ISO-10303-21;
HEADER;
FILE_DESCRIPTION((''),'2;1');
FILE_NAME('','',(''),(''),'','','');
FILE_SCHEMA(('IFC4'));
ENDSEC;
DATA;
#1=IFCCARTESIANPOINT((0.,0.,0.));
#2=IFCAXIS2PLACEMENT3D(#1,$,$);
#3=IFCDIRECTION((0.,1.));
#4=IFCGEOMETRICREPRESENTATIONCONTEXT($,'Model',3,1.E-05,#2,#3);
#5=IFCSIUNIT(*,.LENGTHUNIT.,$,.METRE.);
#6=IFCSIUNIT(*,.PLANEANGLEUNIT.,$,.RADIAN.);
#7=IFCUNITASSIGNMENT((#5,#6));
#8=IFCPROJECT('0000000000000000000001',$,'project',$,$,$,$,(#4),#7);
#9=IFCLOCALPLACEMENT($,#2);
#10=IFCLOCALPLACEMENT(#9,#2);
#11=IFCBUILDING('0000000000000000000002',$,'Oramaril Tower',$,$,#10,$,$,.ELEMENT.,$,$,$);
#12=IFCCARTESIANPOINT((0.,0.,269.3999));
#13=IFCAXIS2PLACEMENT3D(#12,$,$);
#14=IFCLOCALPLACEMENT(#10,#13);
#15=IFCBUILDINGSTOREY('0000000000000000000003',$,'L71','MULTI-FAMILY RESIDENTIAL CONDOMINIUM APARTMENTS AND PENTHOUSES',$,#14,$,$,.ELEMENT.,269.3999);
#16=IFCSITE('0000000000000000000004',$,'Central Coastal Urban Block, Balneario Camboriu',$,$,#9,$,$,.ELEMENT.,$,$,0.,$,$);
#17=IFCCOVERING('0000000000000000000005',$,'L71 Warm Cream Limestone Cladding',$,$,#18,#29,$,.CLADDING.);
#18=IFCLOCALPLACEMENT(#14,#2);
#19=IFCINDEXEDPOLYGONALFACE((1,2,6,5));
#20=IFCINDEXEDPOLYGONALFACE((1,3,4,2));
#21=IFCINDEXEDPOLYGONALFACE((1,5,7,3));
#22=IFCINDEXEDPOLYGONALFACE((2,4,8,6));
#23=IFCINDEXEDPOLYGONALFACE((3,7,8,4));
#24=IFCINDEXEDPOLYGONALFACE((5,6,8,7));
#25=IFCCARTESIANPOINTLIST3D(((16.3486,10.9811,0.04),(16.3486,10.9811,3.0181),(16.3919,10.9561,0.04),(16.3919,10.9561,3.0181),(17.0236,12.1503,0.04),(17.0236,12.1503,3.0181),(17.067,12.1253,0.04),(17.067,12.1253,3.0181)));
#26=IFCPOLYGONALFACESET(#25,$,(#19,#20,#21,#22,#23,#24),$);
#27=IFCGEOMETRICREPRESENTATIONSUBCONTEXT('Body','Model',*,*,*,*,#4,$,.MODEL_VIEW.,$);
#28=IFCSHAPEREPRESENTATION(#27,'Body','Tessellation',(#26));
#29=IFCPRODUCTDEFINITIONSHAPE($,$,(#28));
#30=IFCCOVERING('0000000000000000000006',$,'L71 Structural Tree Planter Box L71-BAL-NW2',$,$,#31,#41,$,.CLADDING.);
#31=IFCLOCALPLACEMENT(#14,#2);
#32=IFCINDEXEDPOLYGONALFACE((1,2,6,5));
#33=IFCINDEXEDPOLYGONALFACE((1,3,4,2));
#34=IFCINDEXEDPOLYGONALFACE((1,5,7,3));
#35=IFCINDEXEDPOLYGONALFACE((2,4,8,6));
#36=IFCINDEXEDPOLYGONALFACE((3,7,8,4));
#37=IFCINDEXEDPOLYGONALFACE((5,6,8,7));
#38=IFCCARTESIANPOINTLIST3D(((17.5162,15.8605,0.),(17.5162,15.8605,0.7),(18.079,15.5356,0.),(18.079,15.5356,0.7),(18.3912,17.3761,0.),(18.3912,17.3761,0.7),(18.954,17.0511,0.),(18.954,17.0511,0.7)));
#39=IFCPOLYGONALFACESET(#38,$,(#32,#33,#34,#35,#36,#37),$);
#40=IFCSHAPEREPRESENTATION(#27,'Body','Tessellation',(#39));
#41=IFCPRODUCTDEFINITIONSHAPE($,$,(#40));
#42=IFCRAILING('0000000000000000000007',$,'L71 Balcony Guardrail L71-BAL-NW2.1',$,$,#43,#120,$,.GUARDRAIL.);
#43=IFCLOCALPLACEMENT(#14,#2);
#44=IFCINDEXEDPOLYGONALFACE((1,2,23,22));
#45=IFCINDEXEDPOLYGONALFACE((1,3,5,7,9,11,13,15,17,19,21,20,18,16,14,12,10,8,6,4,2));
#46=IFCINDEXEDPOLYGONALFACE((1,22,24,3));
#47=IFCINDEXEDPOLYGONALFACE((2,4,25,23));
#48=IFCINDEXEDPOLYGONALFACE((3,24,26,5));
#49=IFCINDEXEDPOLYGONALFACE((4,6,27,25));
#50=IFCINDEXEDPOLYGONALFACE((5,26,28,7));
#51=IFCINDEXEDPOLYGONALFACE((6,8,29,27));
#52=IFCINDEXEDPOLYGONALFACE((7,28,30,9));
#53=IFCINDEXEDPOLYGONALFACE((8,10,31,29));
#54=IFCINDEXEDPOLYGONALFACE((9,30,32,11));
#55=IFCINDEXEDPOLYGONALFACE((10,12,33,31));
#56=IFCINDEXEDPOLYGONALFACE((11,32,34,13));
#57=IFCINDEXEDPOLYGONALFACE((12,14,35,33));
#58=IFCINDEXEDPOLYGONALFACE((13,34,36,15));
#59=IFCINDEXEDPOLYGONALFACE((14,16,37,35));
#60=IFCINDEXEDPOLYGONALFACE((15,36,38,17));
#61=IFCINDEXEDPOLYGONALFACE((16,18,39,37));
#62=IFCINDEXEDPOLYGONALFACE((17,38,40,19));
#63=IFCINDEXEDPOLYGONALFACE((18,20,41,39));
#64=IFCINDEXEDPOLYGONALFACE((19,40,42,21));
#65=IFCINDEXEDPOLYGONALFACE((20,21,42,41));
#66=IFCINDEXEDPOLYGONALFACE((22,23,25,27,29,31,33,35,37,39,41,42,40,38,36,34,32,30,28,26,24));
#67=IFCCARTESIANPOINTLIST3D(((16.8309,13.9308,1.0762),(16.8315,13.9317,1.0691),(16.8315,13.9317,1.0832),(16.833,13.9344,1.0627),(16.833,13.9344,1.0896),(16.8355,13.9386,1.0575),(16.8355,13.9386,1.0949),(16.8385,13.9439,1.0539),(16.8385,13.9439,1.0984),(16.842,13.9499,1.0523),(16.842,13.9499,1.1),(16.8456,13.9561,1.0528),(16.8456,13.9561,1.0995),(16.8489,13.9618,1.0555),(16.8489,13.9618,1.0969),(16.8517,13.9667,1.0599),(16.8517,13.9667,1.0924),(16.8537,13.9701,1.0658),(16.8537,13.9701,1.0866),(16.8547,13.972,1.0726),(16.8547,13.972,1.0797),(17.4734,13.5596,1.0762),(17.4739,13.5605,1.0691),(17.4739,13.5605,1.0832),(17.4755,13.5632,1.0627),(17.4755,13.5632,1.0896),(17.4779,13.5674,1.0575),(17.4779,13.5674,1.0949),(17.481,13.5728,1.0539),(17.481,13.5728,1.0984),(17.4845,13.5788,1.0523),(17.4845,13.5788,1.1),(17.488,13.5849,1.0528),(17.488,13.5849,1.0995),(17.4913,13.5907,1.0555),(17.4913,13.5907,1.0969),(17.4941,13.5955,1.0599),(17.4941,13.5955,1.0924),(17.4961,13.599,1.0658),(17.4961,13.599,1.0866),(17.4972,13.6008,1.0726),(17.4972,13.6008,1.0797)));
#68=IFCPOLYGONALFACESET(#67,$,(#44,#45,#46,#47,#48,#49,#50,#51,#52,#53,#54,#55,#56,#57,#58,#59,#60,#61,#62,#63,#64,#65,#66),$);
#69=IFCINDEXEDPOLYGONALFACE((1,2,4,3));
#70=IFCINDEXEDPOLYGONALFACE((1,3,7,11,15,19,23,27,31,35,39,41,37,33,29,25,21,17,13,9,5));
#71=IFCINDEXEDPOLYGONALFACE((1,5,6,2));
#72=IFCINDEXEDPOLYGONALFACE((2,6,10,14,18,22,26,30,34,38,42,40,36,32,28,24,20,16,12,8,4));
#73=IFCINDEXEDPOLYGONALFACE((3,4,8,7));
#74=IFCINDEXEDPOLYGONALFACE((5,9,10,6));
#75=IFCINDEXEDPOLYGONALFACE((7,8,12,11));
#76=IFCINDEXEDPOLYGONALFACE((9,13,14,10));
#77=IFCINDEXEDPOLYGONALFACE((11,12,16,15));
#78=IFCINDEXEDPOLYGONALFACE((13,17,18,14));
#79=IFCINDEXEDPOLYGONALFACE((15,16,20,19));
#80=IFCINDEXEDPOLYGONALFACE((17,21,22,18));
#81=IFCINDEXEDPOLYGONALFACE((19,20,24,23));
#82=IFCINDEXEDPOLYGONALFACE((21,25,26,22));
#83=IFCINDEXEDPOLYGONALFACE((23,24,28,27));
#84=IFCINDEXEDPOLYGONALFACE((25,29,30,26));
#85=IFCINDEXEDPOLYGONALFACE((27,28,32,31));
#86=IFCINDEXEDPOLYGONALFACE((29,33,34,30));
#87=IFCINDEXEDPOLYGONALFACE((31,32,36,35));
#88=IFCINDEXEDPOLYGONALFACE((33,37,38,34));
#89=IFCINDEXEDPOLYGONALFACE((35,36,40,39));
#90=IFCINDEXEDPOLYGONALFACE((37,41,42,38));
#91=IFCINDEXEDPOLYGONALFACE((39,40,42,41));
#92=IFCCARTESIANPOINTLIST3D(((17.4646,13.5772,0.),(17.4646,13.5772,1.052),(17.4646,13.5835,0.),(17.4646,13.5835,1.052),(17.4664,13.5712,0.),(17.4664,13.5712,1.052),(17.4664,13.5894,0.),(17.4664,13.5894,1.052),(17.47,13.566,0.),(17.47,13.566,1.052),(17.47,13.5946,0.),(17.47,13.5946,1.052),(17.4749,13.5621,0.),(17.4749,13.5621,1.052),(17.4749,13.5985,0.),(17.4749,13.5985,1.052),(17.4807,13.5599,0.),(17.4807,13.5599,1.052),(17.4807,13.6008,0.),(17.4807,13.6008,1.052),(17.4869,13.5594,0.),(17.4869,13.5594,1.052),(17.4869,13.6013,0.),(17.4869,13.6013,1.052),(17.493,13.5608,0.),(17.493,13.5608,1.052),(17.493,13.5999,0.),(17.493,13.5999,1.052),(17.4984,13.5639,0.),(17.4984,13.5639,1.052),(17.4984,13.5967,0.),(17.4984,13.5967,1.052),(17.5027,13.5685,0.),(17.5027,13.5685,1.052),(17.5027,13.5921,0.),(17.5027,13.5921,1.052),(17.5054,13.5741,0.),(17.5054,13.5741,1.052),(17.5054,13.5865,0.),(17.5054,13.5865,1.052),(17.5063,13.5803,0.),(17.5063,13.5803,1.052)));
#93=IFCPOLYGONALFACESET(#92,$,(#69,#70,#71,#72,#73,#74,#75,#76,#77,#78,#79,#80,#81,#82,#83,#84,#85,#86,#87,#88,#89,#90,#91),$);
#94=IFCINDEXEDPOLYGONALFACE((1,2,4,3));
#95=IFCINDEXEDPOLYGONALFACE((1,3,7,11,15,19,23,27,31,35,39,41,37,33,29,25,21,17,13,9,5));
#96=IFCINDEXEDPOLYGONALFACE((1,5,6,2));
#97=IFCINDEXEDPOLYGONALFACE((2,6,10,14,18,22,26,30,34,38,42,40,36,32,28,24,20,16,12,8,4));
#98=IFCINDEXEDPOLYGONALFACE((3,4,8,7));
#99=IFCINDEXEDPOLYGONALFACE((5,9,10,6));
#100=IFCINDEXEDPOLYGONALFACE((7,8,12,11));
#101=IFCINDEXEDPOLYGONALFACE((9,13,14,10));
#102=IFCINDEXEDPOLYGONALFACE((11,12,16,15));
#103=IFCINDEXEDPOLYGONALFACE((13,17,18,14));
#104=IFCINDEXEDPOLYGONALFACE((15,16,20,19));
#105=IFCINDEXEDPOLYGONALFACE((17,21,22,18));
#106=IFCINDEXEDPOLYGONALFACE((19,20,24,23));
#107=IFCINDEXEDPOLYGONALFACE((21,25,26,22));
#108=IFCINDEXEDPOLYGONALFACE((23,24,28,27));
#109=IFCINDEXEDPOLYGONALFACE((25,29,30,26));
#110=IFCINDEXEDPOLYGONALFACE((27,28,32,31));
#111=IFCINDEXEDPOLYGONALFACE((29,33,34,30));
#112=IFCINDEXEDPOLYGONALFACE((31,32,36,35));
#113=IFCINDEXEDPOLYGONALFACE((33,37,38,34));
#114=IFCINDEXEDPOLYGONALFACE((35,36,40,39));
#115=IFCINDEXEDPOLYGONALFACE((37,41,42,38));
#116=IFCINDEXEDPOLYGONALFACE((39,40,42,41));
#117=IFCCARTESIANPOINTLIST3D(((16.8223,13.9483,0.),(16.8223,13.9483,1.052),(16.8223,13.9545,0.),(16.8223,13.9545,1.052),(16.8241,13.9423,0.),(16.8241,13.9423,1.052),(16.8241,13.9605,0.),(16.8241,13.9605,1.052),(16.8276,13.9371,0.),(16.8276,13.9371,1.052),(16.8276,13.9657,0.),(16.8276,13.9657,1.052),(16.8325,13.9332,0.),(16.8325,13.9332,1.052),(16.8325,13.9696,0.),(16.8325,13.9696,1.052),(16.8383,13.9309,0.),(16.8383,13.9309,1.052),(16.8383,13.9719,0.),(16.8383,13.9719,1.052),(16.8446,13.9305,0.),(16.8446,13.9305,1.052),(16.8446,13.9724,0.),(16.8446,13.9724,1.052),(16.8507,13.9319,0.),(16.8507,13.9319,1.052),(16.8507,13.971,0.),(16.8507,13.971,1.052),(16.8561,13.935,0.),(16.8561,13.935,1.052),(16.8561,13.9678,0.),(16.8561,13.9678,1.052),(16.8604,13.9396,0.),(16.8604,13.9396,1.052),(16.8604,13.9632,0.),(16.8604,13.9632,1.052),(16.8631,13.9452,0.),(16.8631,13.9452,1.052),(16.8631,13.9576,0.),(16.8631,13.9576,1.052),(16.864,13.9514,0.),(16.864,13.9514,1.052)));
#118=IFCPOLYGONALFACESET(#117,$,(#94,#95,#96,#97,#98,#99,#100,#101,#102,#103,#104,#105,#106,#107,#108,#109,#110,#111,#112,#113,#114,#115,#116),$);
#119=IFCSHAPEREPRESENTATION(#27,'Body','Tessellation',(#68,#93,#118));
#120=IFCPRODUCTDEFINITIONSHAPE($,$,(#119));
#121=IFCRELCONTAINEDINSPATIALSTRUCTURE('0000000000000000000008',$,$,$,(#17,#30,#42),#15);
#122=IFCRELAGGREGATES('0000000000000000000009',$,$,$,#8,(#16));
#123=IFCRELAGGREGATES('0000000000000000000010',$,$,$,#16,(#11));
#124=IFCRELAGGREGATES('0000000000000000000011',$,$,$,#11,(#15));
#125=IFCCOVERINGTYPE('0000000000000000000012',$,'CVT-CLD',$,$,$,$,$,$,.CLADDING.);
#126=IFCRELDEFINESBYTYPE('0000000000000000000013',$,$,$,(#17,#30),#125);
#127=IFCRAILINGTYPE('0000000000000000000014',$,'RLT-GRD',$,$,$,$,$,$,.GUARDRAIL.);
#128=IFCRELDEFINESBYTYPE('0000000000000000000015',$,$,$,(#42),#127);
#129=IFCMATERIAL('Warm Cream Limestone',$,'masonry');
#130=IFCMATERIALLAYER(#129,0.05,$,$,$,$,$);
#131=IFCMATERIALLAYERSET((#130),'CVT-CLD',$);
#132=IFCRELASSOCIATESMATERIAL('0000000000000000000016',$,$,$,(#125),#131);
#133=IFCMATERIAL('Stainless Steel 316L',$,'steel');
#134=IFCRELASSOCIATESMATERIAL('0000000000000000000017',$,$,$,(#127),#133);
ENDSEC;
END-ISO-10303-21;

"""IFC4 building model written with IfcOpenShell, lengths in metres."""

from ifc_helpers import new_model, si_unit, direction, frame, origin, origin_2d, place, context, subcontext, project, spatial, rectangle, circle, extrude, material, layer, layer_set, type_object, element, save


model = new_model("IFC4")

# Units and contexts
model_context = context("Model", 3, precision=1e-05, world=origin(), true_north=direction((0.0, 1.0)))
body_context = subcontext(model_context, "Body", "Model", "MODEL_VIEW")
ifc_project = project(units=[si_unit("LENGTHUNIT", "METRE"), si_unit("PLANEANGLEUNIT", "RADIAN")], contexts=[model_context])

# Site, building, storey
site_placement = place(None, origin())
site = spatial("IfcSite", under=ifc_project, at=site_placement, Name="Central Coastal Urban Block, Balneario Camboriu", CompositionType="ELEMENT", RefElevation=0.0)
building_placement = place(site_placement, origin())
building = spatial("IfcBuilding", under=site, at=building_placement, Name="Oramaril Tower", CompositionType="ELEMENT")
storey_placement = place(building_placement, frame((0.0, 0.0, 269.3999)))
storey = spatial("IfcBuildingStorey", under=building, at=storey_placement, Name="L71", Description="MULTI-FAMILY RESIDENTIAL CONDOMINIUM APARTMENTS AND PENTHOUSES", CompositionType="ELEMENT", Elevation=269.3999)

# Coverings
ifc_material_1 = material(Name="Warm Cream Limestone", Category="masonry")
ifc_layer_1 = layer(ifc_material_1, 0.05)
ifc_layer_set_1 = layer_set([ifc_layer_1], Name="CVT-CLD")
covering_type = type_object("IfcCoveringType", Name="CVT-CLD", PredefinedType="CLADDING", material=ifc_layer_set_1)
covering_1_placement = place(storey_placement, frame((16.7078, 11.5532, 0.04), z_axis=(0.0, 0.0, 1.0), x_axis=(-0.5, -0.866025, 0.0)))
element("IfcCovering", 1, at=covering_1_placement, inside=storey, type_object=covering_type, Name="L71 Warm Cream Limestone Cladding", PredefinedType="CLADDING", context=body_context, shape_type="SweptSolid", body=[
    extrude(rectangle(XDim=1.3501, YDim=0.05, at=origin_2d()), origin(), (0.0, 0.0, 1.0), 2.978),
])
covering_2_placement = place(storey_placement, frame((18.2351, 16.4558, 0.0), z_axis=(0.0, 0.0, 1.0), x_axis=(-0.5, -0.866025, 0.0)))
element("IfcCovering", 2, at=covering_2_placement, inside=storey, type_object=covering_type, Name="L71 Structural Tree Planter Box L71-BAL-NW2", PredefinedType="CLADDING", context=body_context, shape_type="SweptSolid", body=[
    extrude(rectangle(XDim=1.75, YDim=0.6499, at=origin_2d()), origin(), (0.0, 0.0, 1.0), 0.7),
])

# Railing
ifc_material_2 = material(Name="Stainless Steel 316L", Category="steel")
railing_type = type_object("IfcRailingType", Name="RLT-GRD", PredefinedType="GUARDRAIL", material=ifc_material_2)
railing_1_placement = place(storey_placement, frame((17.4854, 13.5803, 0.0)))
element("IfcRailing", 3, at=railing_1_placement, inside=storey, type_object=railing_type, Name="L71 Balcony Guardrail L71-BAL-NW2.1", PredefinedType="GUARDRAIL", context=body_context, shape_type="SweptSolid", body=[
    extrude(circle(Radius=0.0239, at=origin_2d()), frame((0.0, 0.0, 1.0762), z_axis=(-0.865884, 0.500245, 0.0), x_axis=(-0.500245, -0.865884, 0.0)), (0.0, 0.0, 1.0), 0.7419),
    extrude(circle(Radius=0.021, at=origin_2d()), origin(), (0.0, 0.0, 1.0), 1.052),
    extrude(circle(Radius=0.021, at=origin_2d()), frame((-0.6423, 0.3711, 0.0)), (0.0, 0.0, 1.0), 1.052),
])

save(model, "model.ifc")
